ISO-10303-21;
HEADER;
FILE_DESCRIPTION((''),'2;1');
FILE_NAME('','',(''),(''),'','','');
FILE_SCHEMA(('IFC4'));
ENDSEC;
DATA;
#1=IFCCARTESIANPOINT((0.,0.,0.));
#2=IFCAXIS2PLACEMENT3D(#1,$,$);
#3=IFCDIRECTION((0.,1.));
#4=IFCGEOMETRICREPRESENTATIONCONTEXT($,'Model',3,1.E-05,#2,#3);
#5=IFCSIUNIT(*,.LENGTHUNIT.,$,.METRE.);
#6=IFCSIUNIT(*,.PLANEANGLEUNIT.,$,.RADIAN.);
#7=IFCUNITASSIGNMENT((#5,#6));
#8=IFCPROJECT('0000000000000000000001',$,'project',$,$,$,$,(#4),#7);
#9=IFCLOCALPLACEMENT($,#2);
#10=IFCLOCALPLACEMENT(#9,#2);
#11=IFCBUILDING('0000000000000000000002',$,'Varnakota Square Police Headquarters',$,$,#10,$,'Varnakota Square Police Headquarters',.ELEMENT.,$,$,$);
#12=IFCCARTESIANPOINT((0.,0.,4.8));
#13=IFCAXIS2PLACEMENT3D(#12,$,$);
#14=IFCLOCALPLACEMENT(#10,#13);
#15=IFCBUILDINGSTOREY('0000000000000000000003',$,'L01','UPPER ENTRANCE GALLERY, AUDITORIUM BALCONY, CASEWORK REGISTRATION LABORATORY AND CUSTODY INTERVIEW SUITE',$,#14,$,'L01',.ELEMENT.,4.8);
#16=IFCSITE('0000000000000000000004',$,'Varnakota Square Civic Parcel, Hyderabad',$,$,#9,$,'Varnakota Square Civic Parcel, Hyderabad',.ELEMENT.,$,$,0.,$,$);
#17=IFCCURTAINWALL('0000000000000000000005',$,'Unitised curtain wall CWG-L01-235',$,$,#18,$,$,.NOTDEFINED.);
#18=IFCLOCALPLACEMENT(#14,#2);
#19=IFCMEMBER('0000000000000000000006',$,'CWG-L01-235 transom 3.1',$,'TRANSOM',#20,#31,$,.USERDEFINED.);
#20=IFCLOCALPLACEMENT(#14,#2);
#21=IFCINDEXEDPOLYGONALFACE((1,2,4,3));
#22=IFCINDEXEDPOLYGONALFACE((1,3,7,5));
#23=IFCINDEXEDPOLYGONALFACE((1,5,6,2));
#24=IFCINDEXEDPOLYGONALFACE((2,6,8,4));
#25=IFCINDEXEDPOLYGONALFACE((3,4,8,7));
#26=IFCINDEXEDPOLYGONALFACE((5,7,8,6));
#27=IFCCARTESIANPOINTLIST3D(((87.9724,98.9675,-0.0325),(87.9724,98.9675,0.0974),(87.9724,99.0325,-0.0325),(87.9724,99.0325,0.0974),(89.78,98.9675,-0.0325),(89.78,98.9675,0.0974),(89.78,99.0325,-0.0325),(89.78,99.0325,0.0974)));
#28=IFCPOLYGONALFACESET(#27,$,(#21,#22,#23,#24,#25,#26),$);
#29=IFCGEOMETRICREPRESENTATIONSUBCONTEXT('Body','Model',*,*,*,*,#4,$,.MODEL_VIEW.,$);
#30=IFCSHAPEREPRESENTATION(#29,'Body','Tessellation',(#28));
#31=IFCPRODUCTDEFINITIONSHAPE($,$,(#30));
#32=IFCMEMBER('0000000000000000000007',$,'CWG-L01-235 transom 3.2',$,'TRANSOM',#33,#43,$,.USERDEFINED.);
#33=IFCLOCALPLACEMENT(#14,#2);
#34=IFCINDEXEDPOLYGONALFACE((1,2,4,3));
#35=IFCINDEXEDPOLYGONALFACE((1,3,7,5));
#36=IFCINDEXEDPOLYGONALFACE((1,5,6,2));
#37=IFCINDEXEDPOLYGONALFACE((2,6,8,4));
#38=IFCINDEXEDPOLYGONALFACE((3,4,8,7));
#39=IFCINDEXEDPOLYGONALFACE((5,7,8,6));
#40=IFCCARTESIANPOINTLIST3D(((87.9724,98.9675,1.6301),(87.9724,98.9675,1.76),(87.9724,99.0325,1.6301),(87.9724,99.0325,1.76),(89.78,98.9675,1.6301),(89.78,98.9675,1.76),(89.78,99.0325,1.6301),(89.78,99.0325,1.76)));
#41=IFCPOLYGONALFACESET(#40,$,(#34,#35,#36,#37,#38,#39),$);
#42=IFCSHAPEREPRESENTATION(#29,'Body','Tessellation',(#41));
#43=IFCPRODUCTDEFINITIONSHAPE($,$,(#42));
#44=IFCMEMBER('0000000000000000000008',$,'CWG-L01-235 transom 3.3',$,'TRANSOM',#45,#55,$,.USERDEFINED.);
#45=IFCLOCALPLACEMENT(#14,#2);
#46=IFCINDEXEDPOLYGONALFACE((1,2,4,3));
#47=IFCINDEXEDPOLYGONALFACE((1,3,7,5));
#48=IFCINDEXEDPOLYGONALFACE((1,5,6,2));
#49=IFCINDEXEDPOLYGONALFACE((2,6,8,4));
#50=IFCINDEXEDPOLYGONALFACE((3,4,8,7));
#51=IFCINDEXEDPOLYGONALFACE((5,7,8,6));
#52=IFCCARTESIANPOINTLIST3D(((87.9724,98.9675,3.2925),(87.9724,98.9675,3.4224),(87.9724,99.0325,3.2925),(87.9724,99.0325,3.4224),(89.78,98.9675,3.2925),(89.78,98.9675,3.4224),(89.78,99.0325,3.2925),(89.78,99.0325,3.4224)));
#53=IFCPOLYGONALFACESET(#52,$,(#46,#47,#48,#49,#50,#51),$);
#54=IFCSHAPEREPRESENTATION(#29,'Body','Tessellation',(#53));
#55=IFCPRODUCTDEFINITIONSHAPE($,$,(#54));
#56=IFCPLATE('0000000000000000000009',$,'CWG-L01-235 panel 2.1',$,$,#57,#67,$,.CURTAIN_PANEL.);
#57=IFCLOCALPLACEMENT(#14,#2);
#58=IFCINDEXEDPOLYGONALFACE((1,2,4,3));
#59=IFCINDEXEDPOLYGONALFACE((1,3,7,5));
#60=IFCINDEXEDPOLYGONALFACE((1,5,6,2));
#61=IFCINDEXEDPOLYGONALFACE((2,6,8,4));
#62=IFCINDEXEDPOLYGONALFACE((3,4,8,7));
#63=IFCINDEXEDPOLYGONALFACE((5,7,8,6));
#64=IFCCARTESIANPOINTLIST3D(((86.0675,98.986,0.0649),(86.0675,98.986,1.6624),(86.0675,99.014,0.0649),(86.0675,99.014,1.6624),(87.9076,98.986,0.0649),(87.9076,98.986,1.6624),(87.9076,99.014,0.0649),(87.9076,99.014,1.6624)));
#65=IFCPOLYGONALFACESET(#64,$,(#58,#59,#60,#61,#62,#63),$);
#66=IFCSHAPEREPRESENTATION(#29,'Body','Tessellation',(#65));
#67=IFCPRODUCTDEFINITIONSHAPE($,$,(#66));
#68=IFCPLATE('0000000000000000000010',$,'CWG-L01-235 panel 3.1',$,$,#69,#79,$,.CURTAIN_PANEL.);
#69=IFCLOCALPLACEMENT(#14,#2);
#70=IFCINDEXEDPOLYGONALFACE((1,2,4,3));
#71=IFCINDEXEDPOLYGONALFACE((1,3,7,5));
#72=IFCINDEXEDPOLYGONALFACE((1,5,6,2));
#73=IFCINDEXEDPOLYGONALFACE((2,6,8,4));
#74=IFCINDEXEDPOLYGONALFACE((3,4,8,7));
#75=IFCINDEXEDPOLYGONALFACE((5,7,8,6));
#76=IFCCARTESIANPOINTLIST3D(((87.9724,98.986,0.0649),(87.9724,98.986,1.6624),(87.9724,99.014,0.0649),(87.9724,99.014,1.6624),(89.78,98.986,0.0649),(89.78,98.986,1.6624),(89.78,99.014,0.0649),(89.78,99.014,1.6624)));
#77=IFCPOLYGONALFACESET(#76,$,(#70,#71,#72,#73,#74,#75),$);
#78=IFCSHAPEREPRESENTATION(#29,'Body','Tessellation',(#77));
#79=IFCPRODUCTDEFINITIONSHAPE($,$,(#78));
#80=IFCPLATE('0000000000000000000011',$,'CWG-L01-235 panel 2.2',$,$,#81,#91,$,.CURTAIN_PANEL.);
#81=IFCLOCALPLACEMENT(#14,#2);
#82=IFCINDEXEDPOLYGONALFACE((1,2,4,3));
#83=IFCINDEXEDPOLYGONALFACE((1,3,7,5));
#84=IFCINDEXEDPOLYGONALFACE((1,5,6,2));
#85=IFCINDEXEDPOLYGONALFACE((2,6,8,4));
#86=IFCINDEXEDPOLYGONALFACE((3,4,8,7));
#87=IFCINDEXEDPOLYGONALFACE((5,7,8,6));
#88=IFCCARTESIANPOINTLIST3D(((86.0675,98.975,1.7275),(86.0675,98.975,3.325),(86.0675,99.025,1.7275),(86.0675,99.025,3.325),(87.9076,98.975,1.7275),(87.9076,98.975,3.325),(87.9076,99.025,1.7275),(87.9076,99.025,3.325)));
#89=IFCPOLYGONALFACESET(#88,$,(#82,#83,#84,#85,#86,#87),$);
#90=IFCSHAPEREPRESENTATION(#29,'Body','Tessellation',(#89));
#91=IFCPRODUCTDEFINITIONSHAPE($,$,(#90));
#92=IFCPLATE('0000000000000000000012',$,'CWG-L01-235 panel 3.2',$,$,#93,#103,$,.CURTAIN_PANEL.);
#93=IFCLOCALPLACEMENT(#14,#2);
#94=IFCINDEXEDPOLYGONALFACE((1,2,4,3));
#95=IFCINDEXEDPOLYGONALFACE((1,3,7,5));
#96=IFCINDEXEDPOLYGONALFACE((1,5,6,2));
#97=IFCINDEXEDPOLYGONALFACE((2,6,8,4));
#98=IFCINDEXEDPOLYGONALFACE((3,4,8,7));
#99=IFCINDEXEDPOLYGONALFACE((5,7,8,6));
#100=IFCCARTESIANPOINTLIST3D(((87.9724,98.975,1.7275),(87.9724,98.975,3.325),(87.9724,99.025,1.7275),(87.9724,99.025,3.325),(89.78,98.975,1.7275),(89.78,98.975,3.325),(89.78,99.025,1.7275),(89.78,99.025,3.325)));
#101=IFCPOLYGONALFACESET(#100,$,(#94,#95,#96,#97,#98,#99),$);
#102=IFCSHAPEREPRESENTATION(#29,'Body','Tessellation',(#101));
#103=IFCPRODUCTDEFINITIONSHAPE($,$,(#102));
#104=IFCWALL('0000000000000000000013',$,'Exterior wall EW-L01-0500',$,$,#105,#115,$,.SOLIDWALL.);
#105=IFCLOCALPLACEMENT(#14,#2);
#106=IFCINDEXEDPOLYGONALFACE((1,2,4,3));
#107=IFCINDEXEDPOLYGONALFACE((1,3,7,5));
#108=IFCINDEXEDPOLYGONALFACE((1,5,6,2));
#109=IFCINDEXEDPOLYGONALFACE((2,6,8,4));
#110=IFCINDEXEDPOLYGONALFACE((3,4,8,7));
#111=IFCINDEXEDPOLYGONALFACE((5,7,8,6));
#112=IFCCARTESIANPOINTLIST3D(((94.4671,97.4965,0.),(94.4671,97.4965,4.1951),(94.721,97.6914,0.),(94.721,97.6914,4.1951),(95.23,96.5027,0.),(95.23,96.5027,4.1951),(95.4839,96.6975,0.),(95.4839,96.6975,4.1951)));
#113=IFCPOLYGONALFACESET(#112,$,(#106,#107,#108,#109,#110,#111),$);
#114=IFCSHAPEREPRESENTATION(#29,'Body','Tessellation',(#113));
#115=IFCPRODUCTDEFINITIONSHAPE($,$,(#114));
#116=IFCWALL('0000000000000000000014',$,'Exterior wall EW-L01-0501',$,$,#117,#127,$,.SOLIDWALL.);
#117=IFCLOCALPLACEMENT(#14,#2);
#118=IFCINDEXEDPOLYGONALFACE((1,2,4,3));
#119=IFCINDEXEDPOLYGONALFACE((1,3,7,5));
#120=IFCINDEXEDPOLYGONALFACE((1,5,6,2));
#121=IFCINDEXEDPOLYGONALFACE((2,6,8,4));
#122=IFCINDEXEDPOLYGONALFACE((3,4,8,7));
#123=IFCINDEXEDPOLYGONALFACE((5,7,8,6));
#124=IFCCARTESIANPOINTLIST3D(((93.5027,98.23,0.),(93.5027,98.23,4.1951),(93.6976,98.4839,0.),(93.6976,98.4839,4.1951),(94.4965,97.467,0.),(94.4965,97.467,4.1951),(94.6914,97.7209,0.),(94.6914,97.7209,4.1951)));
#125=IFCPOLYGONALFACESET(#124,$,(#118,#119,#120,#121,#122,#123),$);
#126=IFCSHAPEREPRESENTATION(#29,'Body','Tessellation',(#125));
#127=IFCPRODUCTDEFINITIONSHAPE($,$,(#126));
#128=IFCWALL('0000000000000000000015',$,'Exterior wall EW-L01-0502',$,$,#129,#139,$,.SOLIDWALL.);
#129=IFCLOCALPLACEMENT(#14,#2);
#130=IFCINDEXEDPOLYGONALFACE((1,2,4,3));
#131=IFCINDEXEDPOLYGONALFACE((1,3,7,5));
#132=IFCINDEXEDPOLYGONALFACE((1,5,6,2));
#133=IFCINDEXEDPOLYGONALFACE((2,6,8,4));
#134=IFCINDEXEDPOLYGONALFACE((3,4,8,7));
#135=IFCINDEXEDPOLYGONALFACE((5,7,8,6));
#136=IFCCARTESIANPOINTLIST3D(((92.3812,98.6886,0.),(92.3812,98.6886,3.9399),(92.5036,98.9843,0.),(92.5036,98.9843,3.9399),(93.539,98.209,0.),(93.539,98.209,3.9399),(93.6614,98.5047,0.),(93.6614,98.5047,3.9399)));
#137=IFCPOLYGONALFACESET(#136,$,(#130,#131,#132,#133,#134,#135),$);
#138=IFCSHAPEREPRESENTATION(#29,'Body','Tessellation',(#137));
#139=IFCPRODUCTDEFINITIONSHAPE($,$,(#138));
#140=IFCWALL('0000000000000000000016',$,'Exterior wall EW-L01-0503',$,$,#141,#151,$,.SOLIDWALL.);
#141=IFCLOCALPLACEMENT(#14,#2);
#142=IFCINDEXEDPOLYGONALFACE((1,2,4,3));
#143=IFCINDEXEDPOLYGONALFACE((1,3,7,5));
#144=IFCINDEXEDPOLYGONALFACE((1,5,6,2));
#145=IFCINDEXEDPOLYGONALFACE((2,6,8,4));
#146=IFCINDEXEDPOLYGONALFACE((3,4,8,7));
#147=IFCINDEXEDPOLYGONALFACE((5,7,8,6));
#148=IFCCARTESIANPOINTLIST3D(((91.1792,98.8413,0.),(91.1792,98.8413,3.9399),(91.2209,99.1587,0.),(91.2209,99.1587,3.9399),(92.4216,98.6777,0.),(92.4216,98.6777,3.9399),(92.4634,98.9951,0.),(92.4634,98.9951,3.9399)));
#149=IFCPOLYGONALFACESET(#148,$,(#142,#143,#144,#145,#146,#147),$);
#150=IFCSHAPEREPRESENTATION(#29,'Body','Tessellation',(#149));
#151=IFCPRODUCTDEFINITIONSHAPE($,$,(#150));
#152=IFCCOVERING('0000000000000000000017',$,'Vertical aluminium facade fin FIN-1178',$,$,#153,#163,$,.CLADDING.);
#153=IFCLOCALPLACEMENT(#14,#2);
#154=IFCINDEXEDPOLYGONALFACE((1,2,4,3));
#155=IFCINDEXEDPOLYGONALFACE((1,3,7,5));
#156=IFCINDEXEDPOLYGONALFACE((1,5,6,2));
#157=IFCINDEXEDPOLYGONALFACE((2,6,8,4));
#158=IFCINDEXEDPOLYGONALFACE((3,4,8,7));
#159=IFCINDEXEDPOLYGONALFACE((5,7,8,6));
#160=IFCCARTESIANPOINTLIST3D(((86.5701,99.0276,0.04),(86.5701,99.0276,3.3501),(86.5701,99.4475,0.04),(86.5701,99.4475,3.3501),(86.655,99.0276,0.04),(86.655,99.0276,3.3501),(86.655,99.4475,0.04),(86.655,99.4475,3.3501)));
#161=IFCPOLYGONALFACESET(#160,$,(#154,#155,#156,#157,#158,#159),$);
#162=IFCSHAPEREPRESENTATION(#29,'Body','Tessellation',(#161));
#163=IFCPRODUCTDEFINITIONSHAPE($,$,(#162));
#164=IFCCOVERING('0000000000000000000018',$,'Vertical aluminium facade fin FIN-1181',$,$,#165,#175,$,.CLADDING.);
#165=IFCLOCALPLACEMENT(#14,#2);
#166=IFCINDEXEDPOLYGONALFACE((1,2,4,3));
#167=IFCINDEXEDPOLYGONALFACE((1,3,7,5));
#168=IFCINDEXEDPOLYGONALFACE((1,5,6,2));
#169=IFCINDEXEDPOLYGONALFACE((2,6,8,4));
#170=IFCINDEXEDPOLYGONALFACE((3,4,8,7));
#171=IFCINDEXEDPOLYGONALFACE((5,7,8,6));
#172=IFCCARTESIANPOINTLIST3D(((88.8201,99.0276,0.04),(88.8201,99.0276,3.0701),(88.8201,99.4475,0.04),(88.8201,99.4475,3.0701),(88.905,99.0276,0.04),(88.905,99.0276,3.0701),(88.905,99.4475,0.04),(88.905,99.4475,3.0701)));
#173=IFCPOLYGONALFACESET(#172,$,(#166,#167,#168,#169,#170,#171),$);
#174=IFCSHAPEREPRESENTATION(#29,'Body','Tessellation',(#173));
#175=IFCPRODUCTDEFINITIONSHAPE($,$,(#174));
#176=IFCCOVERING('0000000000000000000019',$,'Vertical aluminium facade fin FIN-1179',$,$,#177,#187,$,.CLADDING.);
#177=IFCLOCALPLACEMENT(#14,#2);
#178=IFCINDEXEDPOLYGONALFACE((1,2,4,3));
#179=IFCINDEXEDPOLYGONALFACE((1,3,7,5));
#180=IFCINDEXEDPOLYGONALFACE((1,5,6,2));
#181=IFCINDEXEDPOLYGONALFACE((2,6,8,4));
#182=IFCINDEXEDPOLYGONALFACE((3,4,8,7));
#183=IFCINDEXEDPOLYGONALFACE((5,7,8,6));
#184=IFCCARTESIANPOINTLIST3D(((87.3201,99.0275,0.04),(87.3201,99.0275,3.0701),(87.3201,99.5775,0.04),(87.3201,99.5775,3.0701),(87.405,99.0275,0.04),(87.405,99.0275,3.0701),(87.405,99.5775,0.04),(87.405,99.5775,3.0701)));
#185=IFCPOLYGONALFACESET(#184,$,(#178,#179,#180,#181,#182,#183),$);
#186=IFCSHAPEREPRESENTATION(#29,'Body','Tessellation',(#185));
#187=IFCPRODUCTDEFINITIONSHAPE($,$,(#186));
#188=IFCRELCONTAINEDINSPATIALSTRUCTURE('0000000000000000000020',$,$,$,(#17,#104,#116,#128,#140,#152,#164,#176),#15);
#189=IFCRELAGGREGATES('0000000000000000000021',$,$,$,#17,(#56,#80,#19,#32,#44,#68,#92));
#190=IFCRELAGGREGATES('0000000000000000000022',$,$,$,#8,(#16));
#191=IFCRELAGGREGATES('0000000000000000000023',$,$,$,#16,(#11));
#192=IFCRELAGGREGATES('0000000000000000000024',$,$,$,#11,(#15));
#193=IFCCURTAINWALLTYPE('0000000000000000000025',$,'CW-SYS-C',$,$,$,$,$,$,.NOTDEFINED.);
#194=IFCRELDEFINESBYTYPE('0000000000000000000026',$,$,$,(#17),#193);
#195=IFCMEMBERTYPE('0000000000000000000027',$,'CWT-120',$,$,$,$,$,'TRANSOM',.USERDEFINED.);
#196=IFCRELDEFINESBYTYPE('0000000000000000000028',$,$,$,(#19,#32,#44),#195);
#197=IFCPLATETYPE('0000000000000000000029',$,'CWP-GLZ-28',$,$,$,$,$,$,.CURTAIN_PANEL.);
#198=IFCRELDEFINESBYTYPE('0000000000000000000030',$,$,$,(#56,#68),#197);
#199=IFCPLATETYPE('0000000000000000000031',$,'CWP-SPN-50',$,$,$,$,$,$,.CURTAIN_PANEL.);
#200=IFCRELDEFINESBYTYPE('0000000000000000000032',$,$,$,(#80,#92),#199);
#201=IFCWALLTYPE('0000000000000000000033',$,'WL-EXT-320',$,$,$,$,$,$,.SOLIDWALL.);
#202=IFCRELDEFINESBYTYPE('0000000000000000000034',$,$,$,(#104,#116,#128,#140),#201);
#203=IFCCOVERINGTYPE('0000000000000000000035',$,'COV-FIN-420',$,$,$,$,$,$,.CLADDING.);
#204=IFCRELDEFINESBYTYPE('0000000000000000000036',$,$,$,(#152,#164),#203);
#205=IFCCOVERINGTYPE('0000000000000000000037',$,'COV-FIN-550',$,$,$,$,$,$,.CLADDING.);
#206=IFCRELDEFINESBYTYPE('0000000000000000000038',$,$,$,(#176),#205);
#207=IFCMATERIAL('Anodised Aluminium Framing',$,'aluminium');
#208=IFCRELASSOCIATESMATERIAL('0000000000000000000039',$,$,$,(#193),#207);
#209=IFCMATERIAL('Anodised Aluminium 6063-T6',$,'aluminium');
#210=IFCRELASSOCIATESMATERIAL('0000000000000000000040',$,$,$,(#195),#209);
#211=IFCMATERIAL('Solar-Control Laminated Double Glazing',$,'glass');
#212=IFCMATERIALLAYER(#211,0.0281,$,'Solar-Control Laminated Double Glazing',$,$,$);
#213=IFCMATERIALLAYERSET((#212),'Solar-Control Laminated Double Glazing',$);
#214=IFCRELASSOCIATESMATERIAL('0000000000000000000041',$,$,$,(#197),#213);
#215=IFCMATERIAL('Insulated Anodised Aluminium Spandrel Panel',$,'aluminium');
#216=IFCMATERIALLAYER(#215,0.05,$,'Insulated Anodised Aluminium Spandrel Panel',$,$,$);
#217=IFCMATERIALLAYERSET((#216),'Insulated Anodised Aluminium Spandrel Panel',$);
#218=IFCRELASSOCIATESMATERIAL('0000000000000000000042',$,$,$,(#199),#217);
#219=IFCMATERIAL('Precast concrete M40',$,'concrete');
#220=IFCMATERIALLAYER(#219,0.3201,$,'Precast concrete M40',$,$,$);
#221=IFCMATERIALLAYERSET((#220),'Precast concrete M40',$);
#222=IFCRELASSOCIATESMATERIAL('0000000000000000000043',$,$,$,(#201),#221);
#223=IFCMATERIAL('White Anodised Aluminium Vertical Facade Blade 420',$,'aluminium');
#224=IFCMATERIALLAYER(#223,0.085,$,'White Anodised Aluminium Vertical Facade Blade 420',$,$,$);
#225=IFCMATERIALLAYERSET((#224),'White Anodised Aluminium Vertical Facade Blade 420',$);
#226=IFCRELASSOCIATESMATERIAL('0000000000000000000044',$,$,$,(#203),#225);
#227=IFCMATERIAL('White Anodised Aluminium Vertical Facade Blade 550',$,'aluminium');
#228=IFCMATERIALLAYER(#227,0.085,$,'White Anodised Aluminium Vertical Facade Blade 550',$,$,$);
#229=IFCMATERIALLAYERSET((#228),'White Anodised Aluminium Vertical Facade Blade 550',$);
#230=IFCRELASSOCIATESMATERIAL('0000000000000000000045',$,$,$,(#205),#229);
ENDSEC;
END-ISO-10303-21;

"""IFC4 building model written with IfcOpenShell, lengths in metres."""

from ifc_helpers import new_model, si_unit, direction, frame, frame_2d, origin, origin_2d, place, context, subcontext, project, spatial, rectangle, extrude, material, layer, layer_set, material_profile, profile_set, type_object, element, aggregate, save


model = new_model("IFC4")

# Units and contexts
model_context = context("Model", 3, precision=1e-05, world=origin(), true_north=direction((0.0, 1.0)))
body_context = subcontext(model_context, "Body", "Model", "MODEL_VIEW")
ifc_project = project(units=[si_unit("LENGTHUNIT", "METRE"), si_unit("PLANEANGLEUNIT", "RADIAN")], contexts=[model_context])

# Site, building, storey
site_placement = place(None, origin())
site = spatial("IfcSite", under=ifc_project, at=site_placement, Name="Varnakota Square Civic Parcel, Hyderabad", LongName="Varnakota Square Civic Parcel, Hyderabad", CompositionType="ELEMENT", RefElevation=0.0)
building_placement = place(site_placement, origin())
building = spatial("IfcBuilding", under=site, at=building_placement, Name="Varnakota Square Police Headquarters", LongName="Varnakota Square Police Headquarters", CompositionType="ELEMENT")
storey_placement = place(building_placement, frame((0.0, 0.0, 4.8)))
storey = spatial("IfcBuildingStorey", under=building, at=storey_placement, Name="L01", Description="UPPER ENTRANCE GALLERY, AUDITORIUM BALCONY, CASEWORK REGISTRATION LABORATORY AND CUSTODY INTERVIEW SUITE", LongName="L01", CompositionType="ELEMENT", Elevation=4.8)

# Curtain wall, members, plates
ifc_material_1 = material(Name="Anodised Aluminium Framing", Category="aluminium")
curtain_wall_type = type_object("IfcCurtainWallType", Name="CW-SYS-C", PredefinedType="NOTDEFINED", material=ifc_material_1)
curtain_wall_placement = place(storey_placement, origin())
curtain_wall = element("IfcCurtainWall", 1, at=curtain_wall_placement, inside=storey, type_object=curtain_wall_type, Name="Unitised curtain wall CWG-L01-235", PredefinedType="NOTDEFINED")
ifc_material_2 = material(Name="Anodised Aluminium 6063-T6", Category="aluminium")
ifc_material_profile_1 = material_profile(ifc_material_2, rectangle(XDim=0.0649, YDim=0.1299, at=origin_2d()), Name="ALU TRANSOM 65x130")
ifc_profile_set_1 = profile_set([ifc_material_profile_1], Name="Anodised Aluminium 6063-T6")
member_type_1 = type_object("IfcMemberType", Name="CWT-120", ElementType="TRANSOM", PredefinedType="USERDEFINED", material=ifc_profile_set_1)
member_1_placement = place(storey_placement, frame((87.9724, 99.0, 0.0325), z_axis=(1.0, 0.0, 0.0), x_axis=(0.0, 1.0, 0.0)))
member_1 = element("IfcMember", 2, at=member_1_placement, type_object=member_type_1, Name="CWG-L01-235 transom 3.1", ObjectType="TRANSOM", PredefinedType="USERDEFINED", context=body_context, shape_type="SweptSolid", body=[
    extrude(rectangle(XDim=0.0649, YDim=0.1299, at=origin_2d()), origin(), (0.0, 0.0, 1.0), 1.8076),
])
member_2_placement = place(storey_placement, frame((87.9724, 99.0, 1.6951), z_axis=(1.0, 0.0, 0.0), x_axis=(0.0, 1.0, 0.0)))
member_2 = element("IfcMember", 3, at=member_2_placement, type_object=member_type_1, Name="CWG-L01-235 transom 3.2", ObjectType="TRANSOM", PredefinedType="USERDEFINED", context=body_context, shape_type="SweptSolid", body=[
    extrude(rectangle(XDim=0.0649, YDim=0.1299, at=origin_2d()), origin(), (0.0, 0.0, 1.0), 1.8076),
])
member_3_placement = place(storey_placement, frame((87.9724, 99.0, 3.3574), z_axis=(1.0, 0.0, 0.0), x_axis=(0.0, 1.0, 0.0)))
member_3 = element("IfcMember", 4, at=member_3_placement, type_object=member_type_1, Name="CWG-L01-235 transom 3.3", ObjectType="TRANSOM", PredefinedType="USERDEFINED", context=body_context, shape_type="SweptSolid", body=[
    extrude(rectangle(XDim=0.0649, YDim=0.1299, at=origin_2d()), origin(), (0.0, 0.0, 1.0), 1.8076),
])
ifc_material_3 = material(Name="Solar-Control Laminated Double Glazing", Category="glass")
ifc_layer_1 = layer(ifc_material_3, 0.0281, Name="Solar-Control Laminated Double Glazing")
ifc_layer_set_1 = layer_set([ifc_layer_1], Name="Solar-Control Laminated Double Glazing")
plate_type_1 = type_object("IfcPlateType", Name="CWP-GLZ-28", PredefinedType="CURTAIN_PANEL", material=ifc_layer_set_1)
plate_1_placement = place(storey_placement, frame((86.9875, 99.0, 0.0649), z_axis=(0.0, 0.0, 1.0), x_axis=(1.0, 0.0, 0.0)))
plate_1 = element("IfcPlate", 5, at=plate_1_placement, type_object=plate_type_1, Name="CWG-L01-235 panel 2.1", PredefinedType="CURTAIN_PANEL", context=body_context, shape_type="SweptSolid", body=[
    extrude(rectangle(XDim=1.8401, YDim=0.0281, at=origin_2d()), origin(), (0.0, 0.0, 1.0), 1.5974),
])
plate_2_placement = place(storey_placement, frame((88.8762, 99.0, 0.0649), z_axis=(0.0, 0.0, 1.0), x_axis=(1.0, 0.0, 0.0)))
plate_2 = element("IfcPlate", 6, at=plate_2_placement, type_object=plate_type_1, Name="CWG-L01-235 panel 3.1", PredefinedType="CURTAIN_PANEL", context=body_context, shape_type="SweptSolid", body=[
    extrude(rectangle(XDim=1.8076, YDim=0.0281, at=origin_2d()), origin(), (0.0, 0.0, 1.0), 1.5974),
])
ifc_material_4 = material(Name="Insulated Anodised Aluminium Spandrel Panel", Category="aluminium")
ifc_layer_2 = layer(ifc_material_4, 0.05, Name="Insulated Anodised Aluminium Spandrel Panel")
ifc_layer_set_2 = layer_set([ifc_layer_2], Name="Insulated Anodised Aluminium Spandrel Panel")
plate_type_2 = type_object("IfcPlateType", Name="CWP-SPN-50", PredefinedType="CURTAIN_PANEL", material=ifc_layer_set_2)
plate_3_placement = place(storey_placement, frame((86.9875, 99.0, 1.7275), z_axis=(0.0, 0.0, 1.0), x_axis=(1.0, 0.0, 0.0)))
plate_3 = element("IfcPlate", 7, at=plate_3_placement, type_object=plate_type_2, Name="CWG-L01-235 panel 2.2", PredefinedType="CURTAIN_PANEL", context=body_context, shape_type="SweptSolid", body=[
    extrude(rectangle(XDim=1.8401, YDim=0.05, at=origin_2d()), origin(), (0.0, 0.0, 1.0), 1.5974),
])
plate_4_placement = place(storey_placement, frame((88.8762, 99.0, 1.7275), z_axis=(0.0, 0.0, 1.0), x_axis=(1.0, 0.0, 0.0)))
plate_4 = element("IfcPlate", 8, at=plate_4_placement, type_object=plate_type_2, Name="CWG-L01-235 panel 3.2", PredefinedType="CURTAIN_PANEL", context=body_context, shape_type="SweptSolid", body=[
    extrude(rectangle(XDim=1.8076, YDim=0.05, at=origin_2d()), origin(), (0.0, 0.0, 1.0), 1.5974),
])
aggregate(curtain_wall, [plate_1, plate_3, member_1, member_2, member_3, plate_2, plate_4])

# Walls
ifc_material_5 = material(Name="Precast concrete M40", Category="concrete")
ifc_layer_3 = layer(ifc_material_5, 0.3201, Name="Precast concrete M40")
ifc_layer_set_3 = layer_set([ifc_layer_3], Name="Precast concrete M40")
wall_type = type_object("IfcWallType", Name="WL-EXT-320", PredefinedType="SOLIDWALL", material=ifc_layer_set_3)
for number, where, z_axis, x_axis, name in (
    (9, (95.3569, 96.6001, 0.0), (0.0, 0.0, 1.0), (-0.60891, 0.793239, 0.0), "Exterior wall EW-L01-0500"),
    (10, (94.594, 97.594, 0.0), (0.0, 0.0, 1.0), (-0.793239, 0.60891, 0.0), "Exterior wall EW-L01-0501"),
):
    element("IfcWall", number, at=place(storey_placement, frame(where, z_axis=z_axis, x_axis=x_axis)), inside=storey, type_object=wall_type, Name=name, PredefinedType="SOLIDWALL", context=body_context, shape_type="SweptSolid", body=[
        extrude(rectangle(XDim=1.2529, YDim=0.3201, at=frame_2d((0.6265, 0.0))), origin(), (0.0, 0.0, 1.0), 4.1951),
    ])
for number, where, z_axis, x_axis, name in (
    (11, (93.6001, 98.3569, 0.0), (0.0, 0.0, 1.0), (-0.923893, 0.38265, 0.0), "Exterior wall EW-L01-0502"),
    (12, (92.4424, 98.8364, 0.0), (0.0, 0.0, 1.0), (-0.991444, 0.13053, 0.0), "Exterior wall EW-L01-0503"),
):
    element("IfcWall", number, at=place(storey_placement, frame(where, z_axis=z_axis, x_axis=x_axis)), inside=storey, type_object=wall_type, Name=name, PredefinedType="SOLIDWALL", context=body_context, shape_type="SweptSolid", body=[
        extrude(rectangle(XDim=1.2532, YDim=0.3201, at=frame_2d((0.6265, 0.0))), origin(), (0.0, 0.0, 1.0), 3.9399),
    ])

# Coverings
ifc_material_6 = material(Name="White Anodised Aluminium Vertical Facade Blade 420", Category="aluminium")
ifc_layer_4 = layer(ifc_material_6, 0.085, Name="White Anodised Aluminium Vertical Facade Blade 420")
ifc_layer_set_4 = layer_set([ifc_layer_4], Name="White Anodised Aluminium Vertical Facade Blade 420")
covering_type_1 = type_object("IfcCoveringType", Name="COV-FIN-420", PredefinedType="CLADDING", material=ifc_layer_set_4)
covering_1_placement = place(storey_placement, frame((86.6125, 99.2375, 0.04), z_axis=(0.0, 0.0, 1.0), x_axis=(1.0, 0.0, 0.0)))
element("IfcCovering", 13, at=covering_1_placement, inside=storey, type_object=covering_type_1, Name="Vertical aluminium facade fin FIN-1178", PredefinedType="CLADDING", context=body_context, shape_type="SweptSolid", body=[
    extrude(rectangle(XDim=0.085, YDim=0.4199, at=origin_2d()), origin(), (0.0, 0.0, 1.0), 3.3101),
])
covering_2_placement = place(storey_placement, frame((88.8625, 99.2375, 0.04), z_axis=(0.0, 0.0, 1.0), x_axis=(1.0, 0.0, 0.0)))
element("IfcCovering", 14, at=covering_2_placement, inside=storey, type_object=covering_type_1, Name="Vertical aluminium facade fin FIN-1181", PredefinedType="CLADDING", context=body_context, shape_type="SweptSolid", body=[
    extrude(rectangle(XDim=0.085, YDim=0.4199, at=origin_2d()), origin(), (0.0, 0.0, 1.0), 3.03),
])
ifc_material_7 = material(Name="White Anodised Aluminium Vertical Facade Blade 550", Category="aluminium")
ifc_layer_5 = layer(ifc_material_7, 0.085, Name="White Anodised Aluminium Vertical Facade Blade 550")
ifc_layer_set_5 = layer_set([ifc_layer_5], Name="White Anodised Aluminium Vertical Facade Blade 550")
covering_type_2 = type_object("IfcCoveringType", Name="COV-FIN-550", PredefinedType="CLADDING", material=ifc_layer_set_5)
covering_3_placement = place(storey_placement, frame((87.3625, 99.3025, 0.04), z_axis=(0.0, 0.0, 1.0), x_axis=(1.0, 0.0, 0.0)))
element("IfcCovering", 15, at=covering_3_placement, inside=storey, type_object=covering_type_2, Name="Vertical aluminium facade fin FIN-1179", PredefinedType="CLADDING", context=body_context, shape_type="SweptSolid", body=[
    extrude(rectangle(XDim=0.085, YDim=0.55, at=origin_2d()), origin(), (0.0, 0.0, 1.0), 3.03),
])

save(model, "model.ifc")
